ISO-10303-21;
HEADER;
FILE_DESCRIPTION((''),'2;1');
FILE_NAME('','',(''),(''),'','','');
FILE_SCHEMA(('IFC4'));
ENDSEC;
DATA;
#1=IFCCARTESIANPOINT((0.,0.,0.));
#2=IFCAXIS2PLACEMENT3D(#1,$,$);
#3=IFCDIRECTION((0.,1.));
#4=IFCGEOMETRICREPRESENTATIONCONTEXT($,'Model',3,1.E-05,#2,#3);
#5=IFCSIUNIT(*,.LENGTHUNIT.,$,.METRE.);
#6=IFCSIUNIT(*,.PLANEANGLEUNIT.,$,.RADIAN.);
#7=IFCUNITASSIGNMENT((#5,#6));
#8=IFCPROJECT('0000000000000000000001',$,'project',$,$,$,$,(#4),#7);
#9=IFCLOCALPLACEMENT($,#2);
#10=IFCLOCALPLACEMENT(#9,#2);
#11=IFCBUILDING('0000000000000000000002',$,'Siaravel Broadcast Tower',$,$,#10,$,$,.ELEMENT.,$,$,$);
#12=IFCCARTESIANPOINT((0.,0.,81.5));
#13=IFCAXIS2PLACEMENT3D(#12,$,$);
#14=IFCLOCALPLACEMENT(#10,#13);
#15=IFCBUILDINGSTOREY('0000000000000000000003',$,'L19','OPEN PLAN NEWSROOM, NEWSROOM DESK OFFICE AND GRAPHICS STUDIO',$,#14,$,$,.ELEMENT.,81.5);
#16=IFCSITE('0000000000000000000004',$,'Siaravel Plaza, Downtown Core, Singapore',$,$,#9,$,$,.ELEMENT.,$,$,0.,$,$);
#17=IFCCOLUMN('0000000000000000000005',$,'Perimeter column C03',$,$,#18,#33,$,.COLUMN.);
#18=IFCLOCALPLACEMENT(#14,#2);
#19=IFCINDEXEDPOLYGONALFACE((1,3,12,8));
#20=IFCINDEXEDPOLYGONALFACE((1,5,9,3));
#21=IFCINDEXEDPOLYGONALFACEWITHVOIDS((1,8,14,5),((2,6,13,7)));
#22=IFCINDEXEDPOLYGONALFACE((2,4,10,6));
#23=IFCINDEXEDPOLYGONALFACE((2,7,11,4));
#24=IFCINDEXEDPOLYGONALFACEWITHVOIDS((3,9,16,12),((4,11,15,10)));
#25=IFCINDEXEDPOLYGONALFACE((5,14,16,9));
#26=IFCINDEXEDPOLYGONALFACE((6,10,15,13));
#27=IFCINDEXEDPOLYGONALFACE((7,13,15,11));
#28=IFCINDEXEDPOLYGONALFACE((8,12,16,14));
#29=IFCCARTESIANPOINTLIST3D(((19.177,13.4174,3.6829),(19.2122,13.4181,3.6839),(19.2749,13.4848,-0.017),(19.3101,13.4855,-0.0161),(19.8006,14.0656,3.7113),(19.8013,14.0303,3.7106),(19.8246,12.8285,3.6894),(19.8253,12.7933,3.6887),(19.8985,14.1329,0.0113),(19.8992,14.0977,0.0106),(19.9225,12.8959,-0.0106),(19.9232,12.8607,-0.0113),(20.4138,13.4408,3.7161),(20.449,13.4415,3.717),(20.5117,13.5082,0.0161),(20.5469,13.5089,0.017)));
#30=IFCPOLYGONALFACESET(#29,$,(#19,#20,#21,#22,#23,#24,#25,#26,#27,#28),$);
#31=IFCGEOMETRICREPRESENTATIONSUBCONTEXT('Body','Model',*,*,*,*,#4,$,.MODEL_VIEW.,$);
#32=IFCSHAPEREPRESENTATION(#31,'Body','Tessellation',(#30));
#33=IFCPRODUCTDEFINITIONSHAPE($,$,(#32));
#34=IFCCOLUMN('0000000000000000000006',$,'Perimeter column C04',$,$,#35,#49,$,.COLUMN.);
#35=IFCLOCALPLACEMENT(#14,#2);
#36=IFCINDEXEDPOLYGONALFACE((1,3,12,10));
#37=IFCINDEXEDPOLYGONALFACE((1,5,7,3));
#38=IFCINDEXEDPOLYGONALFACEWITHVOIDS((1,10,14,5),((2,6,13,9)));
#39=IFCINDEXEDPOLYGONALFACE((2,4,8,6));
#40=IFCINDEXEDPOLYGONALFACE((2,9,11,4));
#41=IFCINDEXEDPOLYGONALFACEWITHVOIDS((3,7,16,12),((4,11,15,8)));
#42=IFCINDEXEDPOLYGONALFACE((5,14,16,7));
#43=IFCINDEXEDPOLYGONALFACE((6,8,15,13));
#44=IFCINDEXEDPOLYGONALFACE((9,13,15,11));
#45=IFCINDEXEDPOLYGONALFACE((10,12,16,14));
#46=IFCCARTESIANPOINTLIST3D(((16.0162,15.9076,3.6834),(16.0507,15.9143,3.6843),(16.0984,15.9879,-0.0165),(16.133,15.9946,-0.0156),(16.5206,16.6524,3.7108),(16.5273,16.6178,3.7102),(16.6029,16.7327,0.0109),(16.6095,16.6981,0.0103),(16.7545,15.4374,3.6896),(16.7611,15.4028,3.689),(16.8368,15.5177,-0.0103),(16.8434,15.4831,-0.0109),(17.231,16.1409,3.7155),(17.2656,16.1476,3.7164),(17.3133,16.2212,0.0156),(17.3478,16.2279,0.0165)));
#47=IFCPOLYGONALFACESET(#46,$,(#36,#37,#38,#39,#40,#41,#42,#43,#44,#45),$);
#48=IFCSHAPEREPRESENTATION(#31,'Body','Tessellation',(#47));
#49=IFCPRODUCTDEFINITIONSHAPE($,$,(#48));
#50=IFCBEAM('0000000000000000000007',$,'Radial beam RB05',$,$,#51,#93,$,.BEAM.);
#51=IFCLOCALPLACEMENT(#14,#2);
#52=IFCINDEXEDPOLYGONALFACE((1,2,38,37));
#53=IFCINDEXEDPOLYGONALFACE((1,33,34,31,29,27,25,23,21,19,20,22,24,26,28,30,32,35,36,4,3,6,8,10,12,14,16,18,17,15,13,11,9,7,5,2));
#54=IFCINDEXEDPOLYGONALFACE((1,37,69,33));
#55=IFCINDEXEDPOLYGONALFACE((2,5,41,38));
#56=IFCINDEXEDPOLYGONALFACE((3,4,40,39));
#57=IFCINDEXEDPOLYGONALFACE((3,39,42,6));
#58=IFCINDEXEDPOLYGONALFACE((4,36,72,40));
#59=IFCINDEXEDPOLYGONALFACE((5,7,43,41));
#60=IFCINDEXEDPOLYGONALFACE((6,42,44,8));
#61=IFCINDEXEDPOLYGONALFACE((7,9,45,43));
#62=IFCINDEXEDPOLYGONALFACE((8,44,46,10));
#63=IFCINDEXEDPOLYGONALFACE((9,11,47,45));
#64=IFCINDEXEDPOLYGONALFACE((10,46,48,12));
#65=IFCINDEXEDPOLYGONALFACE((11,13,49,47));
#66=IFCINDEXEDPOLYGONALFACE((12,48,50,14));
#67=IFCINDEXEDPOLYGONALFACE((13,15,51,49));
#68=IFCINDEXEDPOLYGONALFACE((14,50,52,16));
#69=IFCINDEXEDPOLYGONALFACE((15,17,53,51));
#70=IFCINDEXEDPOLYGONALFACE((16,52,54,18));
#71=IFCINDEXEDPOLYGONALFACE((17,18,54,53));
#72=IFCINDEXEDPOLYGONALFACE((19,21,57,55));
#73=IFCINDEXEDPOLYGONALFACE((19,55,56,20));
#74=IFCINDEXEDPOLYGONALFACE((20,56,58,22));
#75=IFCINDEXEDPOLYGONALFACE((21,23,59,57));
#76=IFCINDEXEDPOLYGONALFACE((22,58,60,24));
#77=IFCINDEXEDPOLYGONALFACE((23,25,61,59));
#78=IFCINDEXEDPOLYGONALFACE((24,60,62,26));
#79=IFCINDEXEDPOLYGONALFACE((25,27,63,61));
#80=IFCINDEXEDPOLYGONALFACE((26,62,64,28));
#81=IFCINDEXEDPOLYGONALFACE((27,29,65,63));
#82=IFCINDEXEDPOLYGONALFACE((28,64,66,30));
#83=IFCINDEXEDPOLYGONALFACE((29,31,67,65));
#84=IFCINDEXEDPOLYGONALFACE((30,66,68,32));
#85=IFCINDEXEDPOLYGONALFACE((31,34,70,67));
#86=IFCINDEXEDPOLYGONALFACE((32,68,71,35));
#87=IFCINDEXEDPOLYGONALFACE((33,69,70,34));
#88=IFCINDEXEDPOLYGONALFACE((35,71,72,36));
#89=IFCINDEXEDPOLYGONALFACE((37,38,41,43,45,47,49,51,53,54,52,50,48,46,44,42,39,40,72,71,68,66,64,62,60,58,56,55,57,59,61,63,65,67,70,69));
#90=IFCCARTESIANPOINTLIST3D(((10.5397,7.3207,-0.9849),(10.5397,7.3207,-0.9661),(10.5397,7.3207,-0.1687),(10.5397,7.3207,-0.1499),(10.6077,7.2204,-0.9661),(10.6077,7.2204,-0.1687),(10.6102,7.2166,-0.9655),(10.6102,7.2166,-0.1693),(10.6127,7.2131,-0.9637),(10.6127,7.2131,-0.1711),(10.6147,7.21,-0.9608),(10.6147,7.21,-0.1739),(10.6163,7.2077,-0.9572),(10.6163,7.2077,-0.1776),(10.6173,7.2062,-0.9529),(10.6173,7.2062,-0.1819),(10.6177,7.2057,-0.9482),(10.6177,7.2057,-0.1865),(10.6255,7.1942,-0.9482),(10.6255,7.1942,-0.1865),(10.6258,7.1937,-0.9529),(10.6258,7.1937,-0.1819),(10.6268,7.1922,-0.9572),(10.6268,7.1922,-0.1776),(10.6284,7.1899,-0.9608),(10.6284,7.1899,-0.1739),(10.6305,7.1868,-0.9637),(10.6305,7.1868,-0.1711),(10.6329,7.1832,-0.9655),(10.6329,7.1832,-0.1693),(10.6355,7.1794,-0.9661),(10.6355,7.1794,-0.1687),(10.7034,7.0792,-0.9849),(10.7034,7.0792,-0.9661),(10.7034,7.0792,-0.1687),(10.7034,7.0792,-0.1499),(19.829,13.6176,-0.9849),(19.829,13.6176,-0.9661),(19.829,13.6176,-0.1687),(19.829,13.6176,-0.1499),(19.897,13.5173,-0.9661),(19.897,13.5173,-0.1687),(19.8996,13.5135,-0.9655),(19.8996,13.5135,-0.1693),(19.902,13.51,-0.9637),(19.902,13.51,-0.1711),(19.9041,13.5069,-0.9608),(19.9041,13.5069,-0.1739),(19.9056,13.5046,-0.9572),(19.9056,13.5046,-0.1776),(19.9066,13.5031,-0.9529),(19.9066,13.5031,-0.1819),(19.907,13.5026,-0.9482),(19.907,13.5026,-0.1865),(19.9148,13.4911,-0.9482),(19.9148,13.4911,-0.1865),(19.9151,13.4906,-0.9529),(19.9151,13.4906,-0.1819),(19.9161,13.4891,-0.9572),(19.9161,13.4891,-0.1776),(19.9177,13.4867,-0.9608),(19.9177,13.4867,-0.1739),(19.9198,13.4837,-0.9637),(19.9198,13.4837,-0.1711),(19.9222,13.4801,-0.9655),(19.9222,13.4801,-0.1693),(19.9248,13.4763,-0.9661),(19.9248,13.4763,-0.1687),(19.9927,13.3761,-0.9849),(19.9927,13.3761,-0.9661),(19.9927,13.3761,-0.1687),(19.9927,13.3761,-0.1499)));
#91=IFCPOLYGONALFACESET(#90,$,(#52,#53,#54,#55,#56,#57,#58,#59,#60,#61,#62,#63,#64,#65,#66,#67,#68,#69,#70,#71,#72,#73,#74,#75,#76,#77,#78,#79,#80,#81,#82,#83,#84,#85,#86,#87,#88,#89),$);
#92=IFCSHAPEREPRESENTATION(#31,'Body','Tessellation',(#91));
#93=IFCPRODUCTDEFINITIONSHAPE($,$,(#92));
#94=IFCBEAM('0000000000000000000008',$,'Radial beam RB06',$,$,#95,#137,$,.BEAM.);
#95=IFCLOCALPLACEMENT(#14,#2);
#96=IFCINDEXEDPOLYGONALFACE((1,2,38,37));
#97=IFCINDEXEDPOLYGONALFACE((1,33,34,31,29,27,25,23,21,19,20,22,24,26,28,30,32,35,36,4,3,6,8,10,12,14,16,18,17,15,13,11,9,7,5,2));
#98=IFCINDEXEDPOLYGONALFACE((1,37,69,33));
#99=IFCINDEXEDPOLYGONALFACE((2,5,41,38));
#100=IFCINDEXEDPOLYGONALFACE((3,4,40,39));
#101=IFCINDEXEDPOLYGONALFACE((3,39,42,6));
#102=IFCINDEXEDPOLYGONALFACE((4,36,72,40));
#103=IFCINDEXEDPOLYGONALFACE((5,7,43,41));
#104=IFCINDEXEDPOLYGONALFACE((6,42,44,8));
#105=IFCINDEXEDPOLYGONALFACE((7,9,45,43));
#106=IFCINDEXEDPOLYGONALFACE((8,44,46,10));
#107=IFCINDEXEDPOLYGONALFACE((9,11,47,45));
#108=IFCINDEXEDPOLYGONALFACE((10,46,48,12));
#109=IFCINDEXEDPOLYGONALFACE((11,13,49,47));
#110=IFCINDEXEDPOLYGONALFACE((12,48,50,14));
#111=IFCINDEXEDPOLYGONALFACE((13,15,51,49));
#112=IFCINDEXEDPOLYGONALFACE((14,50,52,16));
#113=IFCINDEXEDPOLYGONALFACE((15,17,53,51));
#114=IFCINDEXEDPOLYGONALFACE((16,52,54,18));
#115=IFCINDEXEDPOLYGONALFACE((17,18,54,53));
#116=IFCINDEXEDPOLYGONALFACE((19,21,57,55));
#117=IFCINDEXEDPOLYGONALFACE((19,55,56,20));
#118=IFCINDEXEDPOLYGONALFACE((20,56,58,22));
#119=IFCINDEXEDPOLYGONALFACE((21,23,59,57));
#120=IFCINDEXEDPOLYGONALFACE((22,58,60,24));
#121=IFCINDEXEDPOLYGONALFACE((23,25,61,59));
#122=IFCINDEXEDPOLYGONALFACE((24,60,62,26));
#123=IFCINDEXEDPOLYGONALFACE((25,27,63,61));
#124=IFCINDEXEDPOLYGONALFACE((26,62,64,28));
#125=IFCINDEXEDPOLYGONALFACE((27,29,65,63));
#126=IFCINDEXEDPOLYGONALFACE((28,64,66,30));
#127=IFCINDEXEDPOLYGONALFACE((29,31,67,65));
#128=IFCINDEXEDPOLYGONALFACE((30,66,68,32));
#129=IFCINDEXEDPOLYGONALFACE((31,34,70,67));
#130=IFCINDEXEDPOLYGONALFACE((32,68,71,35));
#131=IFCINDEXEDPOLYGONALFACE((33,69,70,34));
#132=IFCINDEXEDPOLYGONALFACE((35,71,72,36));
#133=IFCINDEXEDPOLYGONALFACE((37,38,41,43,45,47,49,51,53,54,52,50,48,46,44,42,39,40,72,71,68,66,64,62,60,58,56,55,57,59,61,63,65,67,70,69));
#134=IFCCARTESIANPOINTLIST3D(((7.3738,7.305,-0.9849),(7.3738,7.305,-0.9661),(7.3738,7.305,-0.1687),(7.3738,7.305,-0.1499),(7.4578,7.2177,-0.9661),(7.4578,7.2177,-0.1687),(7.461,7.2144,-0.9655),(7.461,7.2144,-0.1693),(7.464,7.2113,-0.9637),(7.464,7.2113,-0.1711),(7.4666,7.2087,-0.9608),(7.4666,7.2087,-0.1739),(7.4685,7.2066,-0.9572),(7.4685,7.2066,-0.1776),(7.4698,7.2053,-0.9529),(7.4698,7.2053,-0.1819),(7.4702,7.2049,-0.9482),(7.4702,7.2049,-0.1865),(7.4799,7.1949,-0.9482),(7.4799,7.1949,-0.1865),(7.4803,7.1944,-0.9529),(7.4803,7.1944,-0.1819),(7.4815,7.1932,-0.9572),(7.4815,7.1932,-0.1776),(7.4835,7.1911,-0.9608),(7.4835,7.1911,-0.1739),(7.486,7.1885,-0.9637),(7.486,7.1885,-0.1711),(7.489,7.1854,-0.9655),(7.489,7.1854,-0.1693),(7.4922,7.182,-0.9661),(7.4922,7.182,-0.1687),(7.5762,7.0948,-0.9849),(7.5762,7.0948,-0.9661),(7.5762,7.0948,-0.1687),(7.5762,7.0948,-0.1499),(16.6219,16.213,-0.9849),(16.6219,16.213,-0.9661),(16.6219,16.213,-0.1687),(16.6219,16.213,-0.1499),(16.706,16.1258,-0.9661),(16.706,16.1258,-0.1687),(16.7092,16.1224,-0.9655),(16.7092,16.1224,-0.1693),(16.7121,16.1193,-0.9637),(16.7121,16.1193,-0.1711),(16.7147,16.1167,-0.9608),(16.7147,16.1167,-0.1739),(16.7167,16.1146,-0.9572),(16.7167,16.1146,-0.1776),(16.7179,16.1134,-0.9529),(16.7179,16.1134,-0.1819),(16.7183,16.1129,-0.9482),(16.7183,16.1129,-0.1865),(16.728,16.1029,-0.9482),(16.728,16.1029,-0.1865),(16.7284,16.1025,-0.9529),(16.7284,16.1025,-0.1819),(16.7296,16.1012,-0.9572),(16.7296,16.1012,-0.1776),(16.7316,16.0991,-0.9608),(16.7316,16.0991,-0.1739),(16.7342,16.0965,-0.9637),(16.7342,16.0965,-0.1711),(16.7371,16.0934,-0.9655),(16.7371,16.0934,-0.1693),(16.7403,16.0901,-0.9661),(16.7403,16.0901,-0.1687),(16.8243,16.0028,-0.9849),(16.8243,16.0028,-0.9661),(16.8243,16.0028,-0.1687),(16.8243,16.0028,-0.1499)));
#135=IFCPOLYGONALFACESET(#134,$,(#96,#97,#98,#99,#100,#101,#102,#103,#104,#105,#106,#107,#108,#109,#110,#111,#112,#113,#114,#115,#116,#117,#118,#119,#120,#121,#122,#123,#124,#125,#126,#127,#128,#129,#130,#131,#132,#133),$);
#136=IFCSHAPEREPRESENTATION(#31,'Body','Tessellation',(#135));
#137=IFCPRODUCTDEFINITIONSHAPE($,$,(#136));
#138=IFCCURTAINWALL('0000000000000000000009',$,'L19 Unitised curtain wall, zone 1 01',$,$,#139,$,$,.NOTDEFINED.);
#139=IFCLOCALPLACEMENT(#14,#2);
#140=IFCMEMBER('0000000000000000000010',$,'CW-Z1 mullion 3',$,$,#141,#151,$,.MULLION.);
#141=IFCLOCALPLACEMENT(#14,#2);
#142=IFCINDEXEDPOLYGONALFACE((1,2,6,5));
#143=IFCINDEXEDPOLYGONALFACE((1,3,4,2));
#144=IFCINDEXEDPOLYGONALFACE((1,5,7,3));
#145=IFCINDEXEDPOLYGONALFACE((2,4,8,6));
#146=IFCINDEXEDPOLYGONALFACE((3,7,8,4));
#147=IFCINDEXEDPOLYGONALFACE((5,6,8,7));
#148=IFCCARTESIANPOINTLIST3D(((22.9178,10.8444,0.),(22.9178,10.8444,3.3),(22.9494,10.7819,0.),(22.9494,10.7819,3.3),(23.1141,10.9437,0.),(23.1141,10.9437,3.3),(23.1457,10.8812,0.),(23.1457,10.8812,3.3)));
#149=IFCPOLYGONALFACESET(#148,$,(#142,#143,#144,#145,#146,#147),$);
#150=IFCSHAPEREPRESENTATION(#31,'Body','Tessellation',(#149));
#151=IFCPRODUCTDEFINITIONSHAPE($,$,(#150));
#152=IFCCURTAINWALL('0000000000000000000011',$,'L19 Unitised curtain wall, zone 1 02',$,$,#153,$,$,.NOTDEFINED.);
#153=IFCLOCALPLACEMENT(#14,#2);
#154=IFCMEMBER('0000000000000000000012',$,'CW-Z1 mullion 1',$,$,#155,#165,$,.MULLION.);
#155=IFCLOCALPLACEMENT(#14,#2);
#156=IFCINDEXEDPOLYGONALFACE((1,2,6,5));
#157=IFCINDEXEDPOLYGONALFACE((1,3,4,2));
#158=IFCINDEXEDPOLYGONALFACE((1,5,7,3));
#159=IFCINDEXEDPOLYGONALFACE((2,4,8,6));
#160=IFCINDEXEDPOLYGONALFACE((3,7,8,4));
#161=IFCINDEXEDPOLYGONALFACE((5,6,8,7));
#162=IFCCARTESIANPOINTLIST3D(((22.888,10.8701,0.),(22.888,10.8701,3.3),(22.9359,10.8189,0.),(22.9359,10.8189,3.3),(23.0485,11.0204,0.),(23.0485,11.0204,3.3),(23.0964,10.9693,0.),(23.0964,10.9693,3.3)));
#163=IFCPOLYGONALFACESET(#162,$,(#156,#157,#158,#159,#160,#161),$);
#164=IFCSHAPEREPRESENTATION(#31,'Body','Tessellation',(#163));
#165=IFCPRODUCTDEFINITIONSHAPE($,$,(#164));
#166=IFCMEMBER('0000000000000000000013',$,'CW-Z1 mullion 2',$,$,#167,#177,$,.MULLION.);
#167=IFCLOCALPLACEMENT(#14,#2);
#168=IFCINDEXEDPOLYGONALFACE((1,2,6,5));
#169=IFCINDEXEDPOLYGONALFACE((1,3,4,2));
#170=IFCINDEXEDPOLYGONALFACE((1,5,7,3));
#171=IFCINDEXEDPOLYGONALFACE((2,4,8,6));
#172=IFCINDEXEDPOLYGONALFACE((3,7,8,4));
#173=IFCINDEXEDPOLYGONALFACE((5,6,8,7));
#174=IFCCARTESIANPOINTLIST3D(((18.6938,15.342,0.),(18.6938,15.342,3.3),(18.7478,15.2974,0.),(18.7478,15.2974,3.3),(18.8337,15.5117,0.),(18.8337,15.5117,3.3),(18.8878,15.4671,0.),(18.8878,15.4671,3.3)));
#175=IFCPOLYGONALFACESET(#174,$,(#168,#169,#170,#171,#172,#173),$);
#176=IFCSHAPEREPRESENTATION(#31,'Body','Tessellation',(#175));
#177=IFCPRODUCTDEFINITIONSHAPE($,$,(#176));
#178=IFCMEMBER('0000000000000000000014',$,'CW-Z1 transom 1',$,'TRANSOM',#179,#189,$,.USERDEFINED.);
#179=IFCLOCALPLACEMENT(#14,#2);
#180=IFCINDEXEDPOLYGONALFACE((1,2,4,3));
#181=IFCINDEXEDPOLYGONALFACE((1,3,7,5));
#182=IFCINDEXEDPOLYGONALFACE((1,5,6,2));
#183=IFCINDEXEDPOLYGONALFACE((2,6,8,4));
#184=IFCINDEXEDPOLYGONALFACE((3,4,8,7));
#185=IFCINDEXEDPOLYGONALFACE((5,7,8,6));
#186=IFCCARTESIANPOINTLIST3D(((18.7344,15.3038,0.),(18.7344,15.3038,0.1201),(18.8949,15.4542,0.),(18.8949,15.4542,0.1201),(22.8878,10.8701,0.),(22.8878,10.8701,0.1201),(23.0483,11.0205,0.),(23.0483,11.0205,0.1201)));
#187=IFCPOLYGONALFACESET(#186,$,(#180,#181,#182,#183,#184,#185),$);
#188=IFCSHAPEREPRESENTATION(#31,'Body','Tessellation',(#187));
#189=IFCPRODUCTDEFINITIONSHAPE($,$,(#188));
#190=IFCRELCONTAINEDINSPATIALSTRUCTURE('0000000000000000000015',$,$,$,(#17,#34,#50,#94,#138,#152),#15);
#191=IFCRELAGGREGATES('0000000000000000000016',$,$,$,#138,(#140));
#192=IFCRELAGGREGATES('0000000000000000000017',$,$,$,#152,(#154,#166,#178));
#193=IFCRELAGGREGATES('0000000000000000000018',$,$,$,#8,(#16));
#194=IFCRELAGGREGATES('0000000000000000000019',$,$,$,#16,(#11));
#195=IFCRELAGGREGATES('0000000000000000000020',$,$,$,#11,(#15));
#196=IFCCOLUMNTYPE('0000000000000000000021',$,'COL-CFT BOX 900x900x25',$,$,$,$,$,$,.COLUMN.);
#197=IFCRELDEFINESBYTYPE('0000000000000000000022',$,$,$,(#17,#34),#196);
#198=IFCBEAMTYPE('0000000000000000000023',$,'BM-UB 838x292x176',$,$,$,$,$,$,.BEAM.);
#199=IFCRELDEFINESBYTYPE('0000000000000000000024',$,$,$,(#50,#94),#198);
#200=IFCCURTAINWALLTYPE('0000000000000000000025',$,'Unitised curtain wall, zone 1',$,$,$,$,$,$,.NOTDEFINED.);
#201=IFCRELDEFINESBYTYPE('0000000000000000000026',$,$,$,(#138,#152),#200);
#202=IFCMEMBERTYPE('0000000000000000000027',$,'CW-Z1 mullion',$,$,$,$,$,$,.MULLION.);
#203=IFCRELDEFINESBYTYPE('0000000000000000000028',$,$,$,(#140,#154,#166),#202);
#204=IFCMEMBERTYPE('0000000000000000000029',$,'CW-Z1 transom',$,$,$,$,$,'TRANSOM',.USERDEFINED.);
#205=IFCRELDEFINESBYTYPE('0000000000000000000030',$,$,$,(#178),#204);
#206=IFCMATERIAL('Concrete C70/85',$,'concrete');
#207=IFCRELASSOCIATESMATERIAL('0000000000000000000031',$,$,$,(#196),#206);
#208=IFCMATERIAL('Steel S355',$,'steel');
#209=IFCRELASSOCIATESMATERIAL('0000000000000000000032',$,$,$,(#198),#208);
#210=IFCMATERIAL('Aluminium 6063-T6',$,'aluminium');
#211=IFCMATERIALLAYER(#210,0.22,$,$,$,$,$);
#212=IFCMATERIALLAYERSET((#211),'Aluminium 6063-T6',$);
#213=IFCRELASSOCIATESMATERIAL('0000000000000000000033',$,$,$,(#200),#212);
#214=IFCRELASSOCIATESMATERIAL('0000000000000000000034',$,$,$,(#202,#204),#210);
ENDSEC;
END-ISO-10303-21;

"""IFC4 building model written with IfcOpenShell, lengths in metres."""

from ifc_helpers import new_model, si_unit, direction, frame, origin, origin_2d, place, context, subcontext, project, spatial, rectangle, hollow_rectangle, i_section, extrude, material, layer, layer_set, material_profile, profile_set, type_object, element, aggregate, save


model = new_model("IFC4")

# Units and contexts
model_context = context("Model", 3, precision=1e-05, world=origin(), true_north=direction((0.0, 1.0)))
body_context = subcontext(model_context, "Body", "Model", "MODEL_VIEW")
ifc_project = project(units=[si_unit("LENGTHUNIT", "METRE"), si_unit("PLANEANGLEUNIT", "RADIAN")], contexts=[model_context])

# Site, building, storey
site_placement = place(None, origin())
site = spatial("IfcSite", under=ifc_project, at=site_placement, Name="Siaravel Plaza, Downtown Core, Singapore", CompositionType="ELEMENT", RefElevation=0.0)
building_placement = place(site_placement, origin())
building = spatial("IfcBuilding", under=site, at=building_placement, Name="Siaravel Broadcast Tower", CompositionType="ELEMENT")
storey_placement = place(building_placement, frame((0.0, 0.0, 81.5)))
storey = spatial("IfcBuildingStorey", under=building, at=storey_placement, Name="L19", Description="OPEN PLAN NEWSROOM, NEWSROOM DESK OFFICE AND GRAPHICS STUDIO", CompositionType="ELEMENT", Elevation=81.5)

# Columns
ifc_material_1 = material(Name="Concrete C70/85", Category="concrete")
ifc_material_profile_1 = material_profile(ifc_material_1, hollow_rectangle(XDim=0.8999, YDim=0.8999, WallThickness=0.0249, at=origin_2d()))
ifc_profile_set_1 = profile_set([ifc_material_profile_1], Name="Concrete C70/85")
column_type = type_object("IfcColumnType", Name="COL-CFT BOX 900x900x25", PredefinedType="COLUMN", material=ifc_profile_set_1)
column_1_placement = place(storey_placement, frame((19.9109, 13.4968, 0.0), z_axis=(-0.026446, -0.018202, 0.999484), x_axis=(0.72044, -0.693488, 0.006433)))
element("IfcColumn", 1, at=column_1_placement, inside=storey, type_object=column_type, Name="Perimeter column C03", PredefinedType="COLUMN", context=body_context, shape_type="SweptSolid", body=[
    extrude(hollow_rectangle(XDim=0.8999, YDim=0.8999, WallThickness=0.0249, at=origin_2d()), origin(), (0.0, 0.0, 1.0), 3.7019),
])
column_2_placement = place(storey_placement, frame((16.7231, 16.1079, 0.0), z_axis=(-0.022226, -0.021699, 0.999517), x_axis=(0.827832, -0.560941, 0.006231)))
element("IfcColumn", 2, at=column_2_placement, inside=storey, type_object=column_type, Name="Perimeter column C04", PredefinedType="COLUMN", context=body_context, shape_type="SweptSolid", body=[
    extrude(hollow_rectangle(XDim=0.8999, YDim=0.8999, WallThickness=0.0249, at=origin_2d()), origin(), (0.0, 0.0, 1.0), 3.7017),
])

# Beams
ifc_material_2 = material(Name="Steel S355", Category="steel")
ifc_material_profile_2 = material_profile(ifc_material_2, i_section(OverallWidth=0.2917, OverallDepth=0.835, WebThickness=0.0139, FlangeThickness=0.0188, FilletRadius=0.0178, at=origin_2d()))
ifc_profile_set_2 = profile_set([ifc_material_profile_2], Name="Steel S355")
beam_type = type_object("IfcBeamType", Name="BM-UB 838x292x176", PredefinedType="BEAM", material=ifc_profile_set_2)
beam_1_placement = place(storey_placement, frame((19.9109, 13.4968, -0.5674), z_axis=(-0.827748, -0.5611, 0.0), x_axis=(0.5611, -0.827748, 0.0)))
element("IfcBeam", 3, at=beam_1_placement, inside=storey, type_object=beam_type, Name="Radial beam RB05", PredefinedType="BEAM", context=body_context, shape_type="SweptSolid", body=[
    extrude(i_section(OverallWidth=0.2917, OverallDepth=0.835, WebThickness=0.0139, FlangeThickness=0.0188, FilletRadius=0.0178, at=origin_2d()), origin(), (0.0, 0.0, 1.0), 11.2224),
])
beam_2_placement = place(storey_placement, frame((16.7231, 16.1079, -0.5674), z_axis=(-0.720226, -0.69374, 0.0), x_axis=(0.69374, -0.720226, 0.0)))
element("IfcBeam", 4, at=beam_2_placement, inside=storey, type_object=beam_type, Name="Radial beam RB06", PredefinedType="BEAM", context=body_context, shape_type="SweptSolid", body=[
    extrude(i_section(OverallWidth=0.2917, OverallDepth=0.835, WebThickness=0.0139, FlangeThickness=0.0188, FilletRadius=0.0178, at=origin_2d()), origin(), (0.0, 0.0, 1.0), 12.8406),
])

# Curtain wall, member
ifc_material_3 = material(Name="Aluminium 6063-T6", Category="aluminium")
ifc_layer_1 = layer(ifc_material_3, 0.22)
ifc_layer_set_1 = layer_set([ifc_layer_1], Name="Aluminium 6063-T6")
curtain_wall_type = type_object("IfcCurtainWallType", Name="Unitised curtain wall, zone 1", PredefinedType="NOTDEFINED", material=ifc_layer_set_1)
curtain_wall_1_placement = place(storey_placement, origin())
curtain_wall_1 = element("IfcCurtainWall", 5, at=curtain_wall_1_placement, inside=storey, type_object=curtain_wall_type, Name="L19 Unitised curtain wall, zone 1 01", PredefinedType="NOTDEFINED")
ifc_material_profile_3 = material_profile(ifc_material_3, rectangle(XDim=0.22, YDim=0.0701, at=origin_2d()))
ifc_profile_set_3 = profile_set([ifc_material_profile_3], Name="Aluminium 6063-T6")
member_type_1 = type_object("IfcMemberType", Name="CW-Z1 mullion", PredefinedType="MULLION", material=ifc_profile_set_3)
member_1_placement = place(storey_placement, frame((23.0317, 10.8628, 0.0), z_axis=(0.0, 0.0, 1.0), x_axis=(-0.892392, -0.451261, 0.0)))
member_1 = element("IfcMember", 6, at=member_1_placement, type_object=member_type_1, Name="CW-Z1 mullion 3", PredefinedType="MULLION", context=body_context, shape_type="SweptSolid", body=[
    extrude(rectangle(XDim=0.22, YDim=0.0701, at=origin_2d()), origin(), (0.0, 0.0, 1.0), 3.3),
])
aggregate(curtain_wall_1, [member_1])

# Curtain wall, members
curtain_wall_2_placement = place(storey_placement, origin())
curtain_wall_2 = element("IfcCurtainWall", 7, at=curtain_wall_2_placement, inside=storey, type_object=curtain_wall_type, Name="L19 Unitised curtain wall, zone 1 02", PredefinedType="NOTDEFINED")
member_2_placement = place(storey_placement, frame((22.9922, 10.9197, 0.0), z_axis=(0.0, 0.0, 1.0), x_axis=(-0.729806, -0.683655, 0.0)))
member_2 = element("IfcMember", 8, at=member_2_placement, type_object=member_type_1, Name="CW-Z1 mullion 1", PredefinedType="MULLION", context=body_context, shape_type="SweptSolid", body=[
    extrude(rectangle(XDim=0.22, YDim=0.0701, at=origin_2d()), origin(), (0.0, 0.0, 1.0), 3.3),
])
member_3_placement = place(storey_placement, frame((18.7908, 15.4045, 0.0), z_axis=(0.0, 0.0, 1.0), x_axis=(-0.636219, -0.771508, 0.0)))
member_3 = element("IfcMember", 9, at=member_3_placement, type_object=member_type_1, Name="CW-Z1 mullion 2", PredefinedType="MULLION", context=body_context, shape_type="SweptSolid", body=[
    extrude(rectangle(XDim=0.22, YDim=0.0701, at=origin_2d()), origin(), (0.0, 0.0, 1.0), 3.3),
])
ifc_material_profile_4 = material_profile(ifc_material_3, rectangle(XDim=0.22, YDim=0.1201, at=origin_2d()))
ifc_profile_set_4 = profile_set([ifc_material_profile_4], Name="Aluminium 6063-T6")
member_type_2 = type_object("IfcMemberType", Name="CW-Z1 transom", ElementType="TRANSOM", PredefinedType="USERDEFINED", material=ifc_profile_set_4)
member_4_placement = place(storey_placement, frame((22.968, 10.9453, 0.0601), z_axis=(-0.683663, 0.729798, 0.0), x_axis=(-0.729798, -0.683663, 0.0)))
member_4 = element("IfcMember", 10, at=member_4_placement, type_object=member_type_2, Name="CW-Z1 transom 1", ObjectType="TRANSOM", PredefinedType="USERDEFINED", context=body_context, shape_type="SweptSolid", body=[
    extrude(rectangle(XDim=0.22, YDim=0.1201, at=origin_2d()), origin(), (0.0, 0.0, 1.0), 6.0752),
])

aggregate(curtain_wall_2, [member_2, member_3, member_4])

save(model, "model.ifc")
